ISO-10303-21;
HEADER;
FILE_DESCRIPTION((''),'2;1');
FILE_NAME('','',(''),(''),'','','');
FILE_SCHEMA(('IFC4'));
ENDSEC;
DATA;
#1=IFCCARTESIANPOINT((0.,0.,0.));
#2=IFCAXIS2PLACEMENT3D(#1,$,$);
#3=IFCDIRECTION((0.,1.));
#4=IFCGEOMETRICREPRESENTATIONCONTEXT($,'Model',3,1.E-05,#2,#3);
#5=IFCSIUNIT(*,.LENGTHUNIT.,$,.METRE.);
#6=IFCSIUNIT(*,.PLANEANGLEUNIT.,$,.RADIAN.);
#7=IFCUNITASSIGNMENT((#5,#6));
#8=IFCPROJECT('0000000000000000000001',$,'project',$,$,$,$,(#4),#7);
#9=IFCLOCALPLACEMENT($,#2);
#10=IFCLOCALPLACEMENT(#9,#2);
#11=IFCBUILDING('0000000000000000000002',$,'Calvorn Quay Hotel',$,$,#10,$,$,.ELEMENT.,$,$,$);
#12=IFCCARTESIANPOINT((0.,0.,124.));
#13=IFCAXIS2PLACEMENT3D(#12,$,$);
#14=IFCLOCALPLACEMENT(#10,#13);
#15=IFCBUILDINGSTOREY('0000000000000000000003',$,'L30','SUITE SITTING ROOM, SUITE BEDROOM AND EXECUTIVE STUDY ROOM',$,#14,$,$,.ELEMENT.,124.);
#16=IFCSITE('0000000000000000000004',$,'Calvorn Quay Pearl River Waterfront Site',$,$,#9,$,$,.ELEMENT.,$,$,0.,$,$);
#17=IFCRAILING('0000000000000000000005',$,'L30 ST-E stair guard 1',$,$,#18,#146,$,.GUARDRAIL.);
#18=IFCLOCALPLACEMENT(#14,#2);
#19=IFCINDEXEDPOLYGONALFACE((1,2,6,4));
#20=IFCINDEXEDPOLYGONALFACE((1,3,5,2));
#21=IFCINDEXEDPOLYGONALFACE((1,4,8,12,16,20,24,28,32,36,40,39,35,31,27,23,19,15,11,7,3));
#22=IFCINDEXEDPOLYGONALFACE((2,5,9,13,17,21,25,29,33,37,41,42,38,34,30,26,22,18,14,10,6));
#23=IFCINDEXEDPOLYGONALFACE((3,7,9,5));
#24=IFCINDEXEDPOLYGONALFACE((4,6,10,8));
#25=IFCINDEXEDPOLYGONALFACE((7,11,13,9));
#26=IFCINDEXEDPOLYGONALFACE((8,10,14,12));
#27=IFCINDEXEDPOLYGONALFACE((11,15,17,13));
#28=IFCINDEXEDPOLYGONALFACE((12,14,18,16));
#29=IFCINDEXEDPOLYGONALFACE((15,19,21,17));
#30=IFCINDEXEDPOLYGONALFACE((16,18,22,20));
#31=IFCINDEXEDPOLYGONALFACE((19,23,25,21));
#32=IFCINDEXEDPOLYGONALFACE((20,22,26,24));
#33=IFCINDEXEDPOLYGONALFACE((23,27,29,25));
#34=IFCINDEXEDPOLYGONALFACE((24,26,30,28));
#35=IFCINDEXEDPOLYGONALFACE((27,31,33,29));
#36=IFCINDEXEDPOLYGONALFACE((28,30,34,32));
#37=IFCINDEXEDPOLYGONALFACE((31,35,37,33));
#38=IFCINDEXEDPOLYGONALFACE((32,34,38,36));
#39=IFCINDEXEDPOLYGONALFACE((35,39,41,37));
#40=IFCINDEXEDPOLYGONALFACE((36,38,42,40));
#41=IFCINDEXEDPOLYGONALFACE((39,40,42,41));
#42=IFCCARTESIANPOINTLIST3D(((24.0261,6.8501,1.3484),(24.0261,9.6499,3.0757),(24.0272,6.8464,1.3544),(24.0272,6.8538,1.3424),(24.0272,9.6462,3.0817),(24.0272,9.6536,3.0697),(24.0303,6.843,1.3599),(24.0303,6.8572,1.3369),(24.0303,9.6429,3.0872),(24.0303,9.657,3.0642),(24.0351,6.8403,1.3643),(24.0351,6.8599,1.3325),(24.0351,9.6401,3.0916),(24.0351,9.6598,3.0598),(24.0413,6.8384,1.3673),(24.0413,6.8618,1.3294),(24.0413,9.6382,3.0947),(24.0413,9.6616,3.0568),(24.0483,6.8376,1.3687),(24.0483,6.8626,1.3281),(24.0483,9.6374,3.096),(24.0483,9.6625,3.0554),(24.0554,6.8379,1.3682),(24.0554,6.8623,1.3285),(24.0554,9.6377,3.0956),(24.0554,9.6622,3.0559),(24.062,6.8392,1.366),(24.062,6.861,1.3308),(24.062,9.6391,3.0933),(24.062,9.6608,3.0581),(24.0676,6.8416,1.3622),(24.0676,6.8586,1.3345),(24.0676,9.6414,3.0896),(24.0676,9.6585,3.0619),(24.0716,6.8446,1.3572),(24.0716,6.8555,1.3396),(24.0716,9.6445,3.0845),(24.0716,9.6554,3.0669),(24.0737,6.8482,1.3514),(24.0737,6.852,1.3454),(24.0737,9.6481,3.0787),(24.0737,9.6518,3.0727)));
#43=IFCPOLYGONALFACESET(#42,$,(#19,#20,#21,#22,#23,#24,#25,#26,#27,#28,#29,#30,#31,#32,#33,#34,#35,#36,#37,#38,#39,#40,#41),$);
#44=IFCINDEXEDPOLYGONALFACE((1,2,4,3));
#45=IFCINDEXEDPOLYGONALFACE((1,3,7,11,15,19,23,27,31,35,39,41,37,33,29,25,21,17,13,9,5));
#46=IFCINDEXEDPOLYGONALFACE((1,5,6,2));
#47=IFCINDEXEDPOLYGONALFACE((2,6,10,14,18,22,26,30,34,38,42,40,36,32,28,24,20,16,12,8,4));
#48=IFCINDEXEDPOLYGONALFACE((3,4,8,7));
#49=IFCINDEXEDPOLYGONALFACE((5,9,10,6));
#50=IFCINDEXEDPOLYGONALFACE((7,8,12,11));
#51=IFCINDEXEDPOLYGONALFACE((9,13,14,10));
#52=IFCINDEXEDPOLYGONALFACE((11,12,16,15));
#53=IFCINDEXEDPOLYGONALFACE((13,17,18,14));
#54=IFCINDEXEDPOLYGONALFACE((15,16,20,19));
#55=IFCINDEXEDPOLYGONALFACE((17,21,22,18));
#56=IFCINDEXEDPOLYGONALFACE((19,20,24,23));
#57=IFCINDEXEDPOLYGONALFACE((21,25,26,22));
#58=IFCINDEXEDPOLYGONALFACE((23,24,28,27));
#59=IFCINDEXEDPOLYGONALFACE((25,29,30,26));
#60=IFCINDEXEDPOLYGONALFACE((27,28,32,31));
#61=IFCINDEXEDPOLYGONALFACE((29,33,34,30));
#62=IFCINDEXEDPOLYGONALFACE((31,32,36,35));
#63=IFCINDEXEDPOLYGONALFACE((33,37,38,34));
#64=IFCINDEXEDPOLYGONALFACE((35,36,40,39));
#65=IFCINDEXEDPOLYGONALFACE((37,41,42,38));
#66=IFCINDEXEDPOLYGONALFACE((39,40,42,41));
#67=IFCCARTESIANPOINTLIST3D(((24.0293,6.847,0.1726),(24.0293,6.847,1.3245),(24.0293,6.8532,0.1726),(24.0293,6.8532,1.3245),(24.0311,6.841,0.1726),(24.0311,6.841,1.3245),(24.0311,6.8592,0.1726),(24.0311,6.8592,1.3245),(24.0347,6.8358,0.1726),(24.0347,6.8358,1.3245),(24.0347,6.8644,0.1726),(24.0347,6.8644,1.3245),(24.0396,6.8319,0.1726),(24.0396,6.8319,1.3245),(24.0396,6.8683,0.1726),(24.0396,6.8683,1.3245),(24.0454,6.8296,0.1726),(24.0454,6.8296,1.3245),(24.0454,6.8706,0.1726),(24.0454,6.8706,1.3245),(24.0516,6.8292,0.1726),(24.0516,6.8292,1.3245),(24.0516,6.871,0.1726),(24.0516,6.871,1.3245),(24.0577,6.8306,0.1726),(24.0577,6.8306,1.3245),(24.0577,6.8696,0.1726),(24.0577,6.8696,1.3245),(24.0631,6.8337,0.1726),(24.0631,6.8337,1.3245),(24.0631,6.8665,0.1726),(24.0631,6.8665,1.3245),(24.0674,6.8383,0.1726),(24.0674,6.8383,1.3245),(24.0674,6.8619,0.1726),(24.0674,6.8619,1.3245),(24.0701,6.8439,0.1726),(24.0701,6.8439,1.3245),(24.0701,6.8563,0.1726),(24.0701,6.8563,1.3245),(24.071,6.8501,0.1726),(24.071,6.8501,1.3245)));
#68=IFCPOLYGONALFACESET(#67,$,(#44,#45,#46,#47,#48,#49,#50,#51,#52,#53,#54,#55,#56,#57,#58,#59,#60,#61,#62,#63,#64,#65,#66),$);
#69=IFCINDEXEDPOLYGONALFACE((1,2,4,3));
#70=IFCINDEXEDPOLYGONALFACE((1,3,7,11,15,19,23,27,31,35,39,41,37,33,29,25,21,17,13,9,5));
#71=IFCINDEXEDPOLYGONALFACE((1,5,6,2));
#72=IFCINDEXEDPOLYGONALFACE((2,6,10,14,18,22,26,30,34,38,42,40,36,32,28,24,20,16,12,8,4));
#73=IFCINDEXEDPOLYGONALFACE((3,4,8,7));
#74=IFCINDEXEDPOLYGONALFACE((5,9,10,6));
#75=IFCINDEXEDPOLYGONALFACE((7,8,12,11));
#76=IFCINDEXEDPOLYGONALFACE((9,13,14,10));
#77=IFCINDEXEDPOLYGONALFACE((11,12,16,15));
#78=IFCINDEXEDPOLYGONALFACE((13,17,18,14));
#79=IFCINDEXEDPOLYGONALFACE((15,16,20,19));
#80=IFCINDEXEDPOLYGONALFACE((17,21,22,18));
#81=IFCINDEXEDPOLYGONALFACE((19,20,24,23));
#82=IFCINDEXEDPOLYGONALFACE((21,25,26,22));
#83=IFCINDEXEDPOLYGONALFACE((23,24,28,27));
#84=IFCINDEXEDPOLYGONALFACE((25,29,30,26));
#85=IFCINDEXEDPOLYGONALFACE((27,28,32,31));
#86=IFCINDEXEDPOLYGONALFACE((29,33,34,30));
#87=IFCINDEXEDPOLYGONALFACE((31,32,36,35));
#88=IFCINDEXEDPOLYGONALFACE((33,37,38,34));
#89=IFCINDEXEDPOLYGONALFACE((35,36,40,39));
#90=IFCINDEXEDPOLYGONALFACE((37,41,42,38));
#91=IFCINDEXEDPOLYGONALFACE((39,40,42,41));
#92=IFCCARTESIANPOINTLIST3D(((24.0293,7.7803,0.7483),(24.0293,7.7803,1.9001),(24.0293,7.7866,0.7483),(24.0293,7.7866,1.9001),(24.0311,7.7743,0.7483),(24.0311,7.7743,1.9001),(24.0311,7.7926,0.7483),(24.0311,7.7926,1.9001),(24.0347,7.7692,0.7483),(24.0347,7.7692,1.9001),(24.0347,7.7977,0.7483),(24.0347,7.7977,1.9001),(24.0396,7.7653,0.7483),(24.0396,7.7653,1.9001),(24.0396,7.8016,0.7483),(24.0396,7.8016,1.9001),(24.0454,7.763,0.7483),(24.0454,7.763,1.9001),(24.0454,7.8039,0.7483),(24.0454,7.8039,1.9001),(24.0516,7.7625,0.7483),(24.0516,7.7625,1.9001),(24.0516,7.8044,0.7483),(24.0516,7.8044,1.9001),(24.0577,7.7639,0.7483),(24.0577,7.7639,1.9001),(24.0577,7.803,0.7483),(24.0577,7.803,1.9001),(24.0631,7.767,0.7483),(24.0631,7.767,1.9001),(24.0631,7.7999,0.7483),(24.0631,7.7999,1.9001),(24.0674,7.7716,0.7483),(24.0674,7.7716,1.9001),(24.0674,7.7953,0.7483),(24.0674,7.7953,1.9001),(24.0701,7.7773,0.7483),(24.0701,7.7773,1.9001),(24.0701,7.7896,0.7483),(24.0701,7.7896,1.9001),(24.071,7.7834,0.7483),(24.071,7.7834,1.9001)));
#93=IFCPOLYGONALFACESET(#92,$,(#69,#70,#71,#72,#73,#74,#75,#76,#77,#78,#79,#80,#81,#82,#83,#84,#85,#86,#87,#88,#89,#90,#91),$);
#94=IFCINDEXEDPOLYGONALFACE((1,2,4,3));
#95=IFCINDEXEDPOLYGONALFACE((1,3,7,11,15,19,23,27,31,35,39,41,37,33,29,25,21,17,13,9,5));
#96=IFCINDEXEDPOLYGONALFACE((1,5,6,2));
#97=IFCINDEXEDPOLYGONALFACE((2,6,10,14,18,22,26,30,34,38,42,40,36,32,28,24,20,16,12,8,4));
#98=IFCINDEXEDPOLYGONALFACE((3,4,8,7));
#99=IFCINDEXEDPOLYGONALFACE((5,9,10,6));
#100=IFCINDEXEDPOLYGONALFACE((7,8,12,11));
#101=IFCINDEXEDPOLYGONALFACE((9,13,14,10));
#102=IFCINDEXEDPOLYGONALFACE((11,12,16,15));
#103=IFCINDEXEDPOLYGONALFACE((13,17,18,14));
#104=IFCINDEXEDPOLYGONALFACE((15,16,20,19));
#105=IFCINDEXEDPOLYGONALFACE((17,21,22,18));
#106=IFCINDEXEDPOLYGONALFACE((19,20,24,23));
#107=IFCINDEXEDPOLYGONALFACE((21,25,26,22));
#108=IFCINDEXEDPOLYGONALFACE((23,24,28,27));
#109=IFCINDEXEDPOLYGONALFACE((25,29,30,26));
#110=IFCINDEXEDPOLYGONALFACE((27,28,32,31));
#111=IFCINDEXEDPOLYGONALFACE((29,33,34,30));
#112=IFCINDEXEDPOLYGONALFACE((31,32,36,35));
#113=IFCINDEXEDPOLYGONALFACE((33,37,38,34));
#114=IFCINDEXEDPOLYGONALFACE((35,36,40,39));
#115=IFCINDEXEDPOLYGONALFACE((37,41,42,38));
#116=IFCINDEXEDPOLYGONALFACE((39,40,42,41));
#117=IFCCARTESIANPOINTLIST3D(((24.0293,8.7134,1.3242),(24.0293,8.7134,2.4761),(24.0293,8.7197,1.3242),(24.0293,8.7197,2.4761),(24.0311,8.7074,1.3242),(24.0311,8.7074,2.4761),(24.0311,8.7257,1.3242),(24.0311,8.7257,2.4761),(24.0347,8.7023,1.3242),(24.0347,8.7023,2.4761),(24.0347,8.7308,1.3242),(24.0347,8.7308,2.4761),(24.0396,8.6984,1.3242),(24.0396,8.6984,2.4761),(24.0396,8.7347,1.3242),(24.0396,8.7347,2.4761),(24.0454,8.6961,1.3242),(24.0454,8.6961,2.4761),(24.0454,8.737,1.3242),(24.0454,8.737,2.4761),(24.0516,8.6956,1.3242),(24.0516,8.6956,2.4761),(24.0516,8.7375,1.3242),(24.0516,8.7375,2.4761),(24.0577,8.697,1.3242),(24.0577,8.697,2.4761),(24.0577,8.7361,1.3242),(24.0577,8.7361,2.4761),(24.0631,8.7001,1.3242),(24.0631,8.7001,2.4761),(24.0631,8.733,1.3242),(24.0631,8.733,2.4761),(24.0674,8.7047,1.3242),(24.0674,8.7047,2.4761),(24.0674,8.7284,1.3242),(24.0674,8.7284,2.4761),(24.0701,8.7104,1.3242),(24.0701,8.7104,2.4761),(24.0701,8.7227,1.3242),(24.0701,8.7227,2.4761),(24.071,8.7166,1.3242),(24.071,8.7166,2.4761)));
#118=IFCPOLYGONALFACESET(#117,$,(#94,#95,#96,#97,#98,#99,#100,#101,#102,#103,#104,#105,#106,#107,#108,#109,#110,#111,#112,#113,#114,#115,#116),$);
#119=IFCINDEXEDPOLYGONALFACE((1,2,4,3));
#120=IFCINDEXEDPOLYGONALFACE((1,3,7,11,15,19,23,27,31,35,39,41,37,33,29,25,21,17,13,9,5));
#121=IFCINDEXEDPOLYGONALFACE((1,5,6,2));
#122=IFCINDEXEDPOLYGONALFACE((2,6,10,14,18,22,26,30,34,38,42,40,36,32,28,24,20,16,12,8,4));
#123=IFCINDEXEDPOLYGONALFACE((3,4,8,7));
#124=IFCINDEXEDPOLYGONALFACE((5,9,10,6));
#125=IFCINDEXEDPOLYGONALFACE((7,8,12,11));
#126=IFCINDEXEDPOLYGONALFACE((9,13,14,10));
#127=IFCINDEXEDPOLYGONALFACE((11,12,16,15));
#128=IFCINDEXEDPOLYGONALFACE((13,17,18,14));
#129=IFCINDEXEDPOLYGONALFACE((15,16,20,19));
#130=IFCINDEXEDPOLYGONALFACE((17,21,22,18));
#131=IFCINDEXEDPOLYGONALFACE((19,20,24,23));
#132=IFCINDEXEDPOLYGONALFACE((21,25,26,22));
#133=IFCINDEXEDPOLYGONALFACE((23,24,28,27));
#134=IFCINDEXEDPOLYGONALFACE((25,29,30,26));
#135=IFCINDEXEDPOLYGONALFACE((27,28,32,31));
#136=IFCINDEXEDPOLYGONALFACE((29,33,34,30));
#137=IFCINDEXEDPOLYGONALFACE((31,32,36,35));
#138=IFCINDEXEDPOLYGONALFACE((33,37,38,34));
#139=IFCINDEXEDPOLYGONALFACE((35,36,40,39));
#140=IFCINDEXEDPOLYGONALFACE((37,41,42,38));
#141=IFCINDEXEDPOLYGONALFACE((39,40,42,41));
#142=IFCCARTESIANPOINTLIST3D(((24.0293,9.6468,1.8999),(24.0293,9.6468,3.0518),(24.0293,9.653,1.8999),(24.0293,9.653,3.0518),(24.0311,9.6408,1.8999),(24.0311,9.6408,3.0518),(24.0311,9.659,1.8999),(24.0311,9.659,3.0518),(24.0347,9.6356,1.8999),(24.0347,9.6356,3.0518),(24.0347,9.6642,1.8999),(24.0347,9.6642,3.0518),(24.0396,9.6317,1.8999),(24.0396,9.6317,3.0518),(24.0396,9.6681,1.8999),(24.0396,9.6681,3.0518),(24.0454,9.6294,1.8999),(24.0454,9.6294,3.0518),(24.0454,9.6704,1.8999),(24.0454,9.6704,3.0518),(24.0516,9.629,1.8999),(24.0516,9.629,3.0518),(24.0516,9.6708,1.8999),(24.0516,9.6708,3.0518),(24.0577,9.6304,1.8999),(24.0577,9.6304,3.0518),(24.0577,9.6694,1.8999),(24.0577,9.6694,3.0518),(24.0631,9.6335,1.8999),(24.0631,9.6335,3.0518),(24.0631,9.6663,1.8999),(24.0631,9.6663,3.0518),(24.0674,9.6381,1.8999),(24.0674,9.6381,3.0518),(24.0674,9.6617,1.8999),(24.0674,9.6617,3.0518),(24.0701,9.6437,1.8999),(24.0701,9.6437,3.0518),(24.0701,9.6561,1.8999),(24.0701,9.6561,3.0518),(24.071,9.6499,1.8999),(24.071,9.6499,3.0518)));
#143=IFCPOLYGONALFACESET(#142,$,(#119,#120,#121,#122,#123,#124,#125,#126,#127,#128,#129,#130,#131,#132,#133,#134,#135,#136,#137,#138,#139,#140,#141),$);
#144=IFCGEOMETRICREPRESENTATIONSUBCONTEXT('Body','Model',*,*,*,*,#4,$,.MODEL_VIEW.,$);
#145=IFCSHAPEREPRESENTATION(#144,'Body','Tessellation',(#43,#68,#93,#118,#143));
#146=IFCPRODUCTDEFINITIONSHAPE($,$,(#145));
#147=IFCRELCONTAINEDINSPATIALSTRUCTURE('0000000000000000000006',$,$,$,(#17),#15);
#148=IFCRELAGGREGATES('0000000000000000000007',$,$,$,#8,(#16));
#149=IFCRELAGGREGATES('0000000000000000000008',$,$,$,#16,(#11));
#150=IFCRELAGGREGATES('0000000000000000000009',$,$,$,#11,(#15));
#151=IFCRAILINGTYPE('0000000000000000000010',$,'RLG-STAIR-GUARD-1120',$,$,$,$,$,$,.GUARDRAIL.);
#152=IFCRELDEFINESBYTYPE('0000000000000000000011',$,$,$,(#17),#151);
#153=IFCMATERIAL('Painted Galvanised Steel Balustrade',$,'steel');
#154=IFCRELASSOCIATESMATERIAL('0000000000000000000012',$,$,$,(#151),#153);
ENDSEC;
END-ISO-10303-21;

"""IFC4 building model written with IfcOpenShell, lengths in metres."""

from ifc_helpers import new_model, si_unit, direction, frame, origin, origin_2d, place, context, subcontext, project, spatial, circle, extrude, material, type_object, element, save


model = new_model("IFC4")

# Units and contexts
model_context = context("Model", 3, precision=1e-05, world=origin(), true_north=direction((0.0, 1.0)))
body_context = subcontext(model_context, "Body", "Model", "MODEL_VIEW")
ifc_project = project(units=[si_unit("LENGTHUNIT", "METRE"), si_unit("PLANEANGLEUNIT", "RADIAN")], contexts=[model_context])

# Site, building, storey
site_placement = place(None, origin())
site = spatial("IfcSite", under=ifc_project, at=site_placement, Name="Calvorn Quay Pearl River Waterfront Site", CompositionType="ELEMENT", RefElevation=0.0)
building_placement = place(site_placement, origin())
building = spatial("IfcBuilding", under=site, at=building_placement, Name="Calvorn Quay Hotel", CompositionType="ELEMENT")
storey_placement = place(building_placement, frame((0.0, 0.0, 124.0)))
storey = spatial("IfcBuildingStorey", under=building, at=storey_placement, Name="L30", Description="SUITE SITTING ROOM, SUITE BEDROOM AND EXECUTIVE STUDY ROOM", CompositionType="ELEMENT", Elevation=124.0)

# Railing
ifc_material_1 = material(Name="Painted Galvanised Steel Balustrade", Category="steel")
railing_type_1 = type_object("IfcRailingType", Name="RLG-STAIR-GUARD-1120", PredefinedType="GUARDRAIL", material=ifc_material_1)
railing_1_placement = place(storey_placement, frame((24.05, 6.8501, 0.1726)))
element("IfcRailing", 1, at=railing_1_placement, inside=storey, type_object=railing_type_1, Name="L30 ST-E stair guard 1", PredefinedType="GUARDRAIL", context=body_context, shape_type="SweptSolid", body=[
    extrude(circle(Radius=0.0239, at=origin_2d()), frame((0.0, 0.0, 1.1758), z_axis=(0.0, 0.851069, 0.525054), x_axis=(-1.0, 0.0, 0.0)), (0.0, 0.0, 1.0), 3.2898),
    extrude(circle(Radius=0.021, at=origin_2d()), origin(), (0.0, 0.0, 1.0), 1.1519),
    extrude(circle(Radius=0.021, at=origin_2d()), frame((0.0, 0.9333, 0.5757)), (0.0, 0.0, 1.0), 1.1519),
    extrude(circle(Radius=0.021, at=origin_2d()), frame((0.0, 1.8665, 1.1516)), (0.0, 0.0, 1.0), 1.1519),
    extrude(circle(Radius=0.021, at=origin_2d()), frame((0.0, 2.7998, 1.7273)), (0.0, 0.0, 1.0), 1.1519),
])

save(model, "model.ifc")
